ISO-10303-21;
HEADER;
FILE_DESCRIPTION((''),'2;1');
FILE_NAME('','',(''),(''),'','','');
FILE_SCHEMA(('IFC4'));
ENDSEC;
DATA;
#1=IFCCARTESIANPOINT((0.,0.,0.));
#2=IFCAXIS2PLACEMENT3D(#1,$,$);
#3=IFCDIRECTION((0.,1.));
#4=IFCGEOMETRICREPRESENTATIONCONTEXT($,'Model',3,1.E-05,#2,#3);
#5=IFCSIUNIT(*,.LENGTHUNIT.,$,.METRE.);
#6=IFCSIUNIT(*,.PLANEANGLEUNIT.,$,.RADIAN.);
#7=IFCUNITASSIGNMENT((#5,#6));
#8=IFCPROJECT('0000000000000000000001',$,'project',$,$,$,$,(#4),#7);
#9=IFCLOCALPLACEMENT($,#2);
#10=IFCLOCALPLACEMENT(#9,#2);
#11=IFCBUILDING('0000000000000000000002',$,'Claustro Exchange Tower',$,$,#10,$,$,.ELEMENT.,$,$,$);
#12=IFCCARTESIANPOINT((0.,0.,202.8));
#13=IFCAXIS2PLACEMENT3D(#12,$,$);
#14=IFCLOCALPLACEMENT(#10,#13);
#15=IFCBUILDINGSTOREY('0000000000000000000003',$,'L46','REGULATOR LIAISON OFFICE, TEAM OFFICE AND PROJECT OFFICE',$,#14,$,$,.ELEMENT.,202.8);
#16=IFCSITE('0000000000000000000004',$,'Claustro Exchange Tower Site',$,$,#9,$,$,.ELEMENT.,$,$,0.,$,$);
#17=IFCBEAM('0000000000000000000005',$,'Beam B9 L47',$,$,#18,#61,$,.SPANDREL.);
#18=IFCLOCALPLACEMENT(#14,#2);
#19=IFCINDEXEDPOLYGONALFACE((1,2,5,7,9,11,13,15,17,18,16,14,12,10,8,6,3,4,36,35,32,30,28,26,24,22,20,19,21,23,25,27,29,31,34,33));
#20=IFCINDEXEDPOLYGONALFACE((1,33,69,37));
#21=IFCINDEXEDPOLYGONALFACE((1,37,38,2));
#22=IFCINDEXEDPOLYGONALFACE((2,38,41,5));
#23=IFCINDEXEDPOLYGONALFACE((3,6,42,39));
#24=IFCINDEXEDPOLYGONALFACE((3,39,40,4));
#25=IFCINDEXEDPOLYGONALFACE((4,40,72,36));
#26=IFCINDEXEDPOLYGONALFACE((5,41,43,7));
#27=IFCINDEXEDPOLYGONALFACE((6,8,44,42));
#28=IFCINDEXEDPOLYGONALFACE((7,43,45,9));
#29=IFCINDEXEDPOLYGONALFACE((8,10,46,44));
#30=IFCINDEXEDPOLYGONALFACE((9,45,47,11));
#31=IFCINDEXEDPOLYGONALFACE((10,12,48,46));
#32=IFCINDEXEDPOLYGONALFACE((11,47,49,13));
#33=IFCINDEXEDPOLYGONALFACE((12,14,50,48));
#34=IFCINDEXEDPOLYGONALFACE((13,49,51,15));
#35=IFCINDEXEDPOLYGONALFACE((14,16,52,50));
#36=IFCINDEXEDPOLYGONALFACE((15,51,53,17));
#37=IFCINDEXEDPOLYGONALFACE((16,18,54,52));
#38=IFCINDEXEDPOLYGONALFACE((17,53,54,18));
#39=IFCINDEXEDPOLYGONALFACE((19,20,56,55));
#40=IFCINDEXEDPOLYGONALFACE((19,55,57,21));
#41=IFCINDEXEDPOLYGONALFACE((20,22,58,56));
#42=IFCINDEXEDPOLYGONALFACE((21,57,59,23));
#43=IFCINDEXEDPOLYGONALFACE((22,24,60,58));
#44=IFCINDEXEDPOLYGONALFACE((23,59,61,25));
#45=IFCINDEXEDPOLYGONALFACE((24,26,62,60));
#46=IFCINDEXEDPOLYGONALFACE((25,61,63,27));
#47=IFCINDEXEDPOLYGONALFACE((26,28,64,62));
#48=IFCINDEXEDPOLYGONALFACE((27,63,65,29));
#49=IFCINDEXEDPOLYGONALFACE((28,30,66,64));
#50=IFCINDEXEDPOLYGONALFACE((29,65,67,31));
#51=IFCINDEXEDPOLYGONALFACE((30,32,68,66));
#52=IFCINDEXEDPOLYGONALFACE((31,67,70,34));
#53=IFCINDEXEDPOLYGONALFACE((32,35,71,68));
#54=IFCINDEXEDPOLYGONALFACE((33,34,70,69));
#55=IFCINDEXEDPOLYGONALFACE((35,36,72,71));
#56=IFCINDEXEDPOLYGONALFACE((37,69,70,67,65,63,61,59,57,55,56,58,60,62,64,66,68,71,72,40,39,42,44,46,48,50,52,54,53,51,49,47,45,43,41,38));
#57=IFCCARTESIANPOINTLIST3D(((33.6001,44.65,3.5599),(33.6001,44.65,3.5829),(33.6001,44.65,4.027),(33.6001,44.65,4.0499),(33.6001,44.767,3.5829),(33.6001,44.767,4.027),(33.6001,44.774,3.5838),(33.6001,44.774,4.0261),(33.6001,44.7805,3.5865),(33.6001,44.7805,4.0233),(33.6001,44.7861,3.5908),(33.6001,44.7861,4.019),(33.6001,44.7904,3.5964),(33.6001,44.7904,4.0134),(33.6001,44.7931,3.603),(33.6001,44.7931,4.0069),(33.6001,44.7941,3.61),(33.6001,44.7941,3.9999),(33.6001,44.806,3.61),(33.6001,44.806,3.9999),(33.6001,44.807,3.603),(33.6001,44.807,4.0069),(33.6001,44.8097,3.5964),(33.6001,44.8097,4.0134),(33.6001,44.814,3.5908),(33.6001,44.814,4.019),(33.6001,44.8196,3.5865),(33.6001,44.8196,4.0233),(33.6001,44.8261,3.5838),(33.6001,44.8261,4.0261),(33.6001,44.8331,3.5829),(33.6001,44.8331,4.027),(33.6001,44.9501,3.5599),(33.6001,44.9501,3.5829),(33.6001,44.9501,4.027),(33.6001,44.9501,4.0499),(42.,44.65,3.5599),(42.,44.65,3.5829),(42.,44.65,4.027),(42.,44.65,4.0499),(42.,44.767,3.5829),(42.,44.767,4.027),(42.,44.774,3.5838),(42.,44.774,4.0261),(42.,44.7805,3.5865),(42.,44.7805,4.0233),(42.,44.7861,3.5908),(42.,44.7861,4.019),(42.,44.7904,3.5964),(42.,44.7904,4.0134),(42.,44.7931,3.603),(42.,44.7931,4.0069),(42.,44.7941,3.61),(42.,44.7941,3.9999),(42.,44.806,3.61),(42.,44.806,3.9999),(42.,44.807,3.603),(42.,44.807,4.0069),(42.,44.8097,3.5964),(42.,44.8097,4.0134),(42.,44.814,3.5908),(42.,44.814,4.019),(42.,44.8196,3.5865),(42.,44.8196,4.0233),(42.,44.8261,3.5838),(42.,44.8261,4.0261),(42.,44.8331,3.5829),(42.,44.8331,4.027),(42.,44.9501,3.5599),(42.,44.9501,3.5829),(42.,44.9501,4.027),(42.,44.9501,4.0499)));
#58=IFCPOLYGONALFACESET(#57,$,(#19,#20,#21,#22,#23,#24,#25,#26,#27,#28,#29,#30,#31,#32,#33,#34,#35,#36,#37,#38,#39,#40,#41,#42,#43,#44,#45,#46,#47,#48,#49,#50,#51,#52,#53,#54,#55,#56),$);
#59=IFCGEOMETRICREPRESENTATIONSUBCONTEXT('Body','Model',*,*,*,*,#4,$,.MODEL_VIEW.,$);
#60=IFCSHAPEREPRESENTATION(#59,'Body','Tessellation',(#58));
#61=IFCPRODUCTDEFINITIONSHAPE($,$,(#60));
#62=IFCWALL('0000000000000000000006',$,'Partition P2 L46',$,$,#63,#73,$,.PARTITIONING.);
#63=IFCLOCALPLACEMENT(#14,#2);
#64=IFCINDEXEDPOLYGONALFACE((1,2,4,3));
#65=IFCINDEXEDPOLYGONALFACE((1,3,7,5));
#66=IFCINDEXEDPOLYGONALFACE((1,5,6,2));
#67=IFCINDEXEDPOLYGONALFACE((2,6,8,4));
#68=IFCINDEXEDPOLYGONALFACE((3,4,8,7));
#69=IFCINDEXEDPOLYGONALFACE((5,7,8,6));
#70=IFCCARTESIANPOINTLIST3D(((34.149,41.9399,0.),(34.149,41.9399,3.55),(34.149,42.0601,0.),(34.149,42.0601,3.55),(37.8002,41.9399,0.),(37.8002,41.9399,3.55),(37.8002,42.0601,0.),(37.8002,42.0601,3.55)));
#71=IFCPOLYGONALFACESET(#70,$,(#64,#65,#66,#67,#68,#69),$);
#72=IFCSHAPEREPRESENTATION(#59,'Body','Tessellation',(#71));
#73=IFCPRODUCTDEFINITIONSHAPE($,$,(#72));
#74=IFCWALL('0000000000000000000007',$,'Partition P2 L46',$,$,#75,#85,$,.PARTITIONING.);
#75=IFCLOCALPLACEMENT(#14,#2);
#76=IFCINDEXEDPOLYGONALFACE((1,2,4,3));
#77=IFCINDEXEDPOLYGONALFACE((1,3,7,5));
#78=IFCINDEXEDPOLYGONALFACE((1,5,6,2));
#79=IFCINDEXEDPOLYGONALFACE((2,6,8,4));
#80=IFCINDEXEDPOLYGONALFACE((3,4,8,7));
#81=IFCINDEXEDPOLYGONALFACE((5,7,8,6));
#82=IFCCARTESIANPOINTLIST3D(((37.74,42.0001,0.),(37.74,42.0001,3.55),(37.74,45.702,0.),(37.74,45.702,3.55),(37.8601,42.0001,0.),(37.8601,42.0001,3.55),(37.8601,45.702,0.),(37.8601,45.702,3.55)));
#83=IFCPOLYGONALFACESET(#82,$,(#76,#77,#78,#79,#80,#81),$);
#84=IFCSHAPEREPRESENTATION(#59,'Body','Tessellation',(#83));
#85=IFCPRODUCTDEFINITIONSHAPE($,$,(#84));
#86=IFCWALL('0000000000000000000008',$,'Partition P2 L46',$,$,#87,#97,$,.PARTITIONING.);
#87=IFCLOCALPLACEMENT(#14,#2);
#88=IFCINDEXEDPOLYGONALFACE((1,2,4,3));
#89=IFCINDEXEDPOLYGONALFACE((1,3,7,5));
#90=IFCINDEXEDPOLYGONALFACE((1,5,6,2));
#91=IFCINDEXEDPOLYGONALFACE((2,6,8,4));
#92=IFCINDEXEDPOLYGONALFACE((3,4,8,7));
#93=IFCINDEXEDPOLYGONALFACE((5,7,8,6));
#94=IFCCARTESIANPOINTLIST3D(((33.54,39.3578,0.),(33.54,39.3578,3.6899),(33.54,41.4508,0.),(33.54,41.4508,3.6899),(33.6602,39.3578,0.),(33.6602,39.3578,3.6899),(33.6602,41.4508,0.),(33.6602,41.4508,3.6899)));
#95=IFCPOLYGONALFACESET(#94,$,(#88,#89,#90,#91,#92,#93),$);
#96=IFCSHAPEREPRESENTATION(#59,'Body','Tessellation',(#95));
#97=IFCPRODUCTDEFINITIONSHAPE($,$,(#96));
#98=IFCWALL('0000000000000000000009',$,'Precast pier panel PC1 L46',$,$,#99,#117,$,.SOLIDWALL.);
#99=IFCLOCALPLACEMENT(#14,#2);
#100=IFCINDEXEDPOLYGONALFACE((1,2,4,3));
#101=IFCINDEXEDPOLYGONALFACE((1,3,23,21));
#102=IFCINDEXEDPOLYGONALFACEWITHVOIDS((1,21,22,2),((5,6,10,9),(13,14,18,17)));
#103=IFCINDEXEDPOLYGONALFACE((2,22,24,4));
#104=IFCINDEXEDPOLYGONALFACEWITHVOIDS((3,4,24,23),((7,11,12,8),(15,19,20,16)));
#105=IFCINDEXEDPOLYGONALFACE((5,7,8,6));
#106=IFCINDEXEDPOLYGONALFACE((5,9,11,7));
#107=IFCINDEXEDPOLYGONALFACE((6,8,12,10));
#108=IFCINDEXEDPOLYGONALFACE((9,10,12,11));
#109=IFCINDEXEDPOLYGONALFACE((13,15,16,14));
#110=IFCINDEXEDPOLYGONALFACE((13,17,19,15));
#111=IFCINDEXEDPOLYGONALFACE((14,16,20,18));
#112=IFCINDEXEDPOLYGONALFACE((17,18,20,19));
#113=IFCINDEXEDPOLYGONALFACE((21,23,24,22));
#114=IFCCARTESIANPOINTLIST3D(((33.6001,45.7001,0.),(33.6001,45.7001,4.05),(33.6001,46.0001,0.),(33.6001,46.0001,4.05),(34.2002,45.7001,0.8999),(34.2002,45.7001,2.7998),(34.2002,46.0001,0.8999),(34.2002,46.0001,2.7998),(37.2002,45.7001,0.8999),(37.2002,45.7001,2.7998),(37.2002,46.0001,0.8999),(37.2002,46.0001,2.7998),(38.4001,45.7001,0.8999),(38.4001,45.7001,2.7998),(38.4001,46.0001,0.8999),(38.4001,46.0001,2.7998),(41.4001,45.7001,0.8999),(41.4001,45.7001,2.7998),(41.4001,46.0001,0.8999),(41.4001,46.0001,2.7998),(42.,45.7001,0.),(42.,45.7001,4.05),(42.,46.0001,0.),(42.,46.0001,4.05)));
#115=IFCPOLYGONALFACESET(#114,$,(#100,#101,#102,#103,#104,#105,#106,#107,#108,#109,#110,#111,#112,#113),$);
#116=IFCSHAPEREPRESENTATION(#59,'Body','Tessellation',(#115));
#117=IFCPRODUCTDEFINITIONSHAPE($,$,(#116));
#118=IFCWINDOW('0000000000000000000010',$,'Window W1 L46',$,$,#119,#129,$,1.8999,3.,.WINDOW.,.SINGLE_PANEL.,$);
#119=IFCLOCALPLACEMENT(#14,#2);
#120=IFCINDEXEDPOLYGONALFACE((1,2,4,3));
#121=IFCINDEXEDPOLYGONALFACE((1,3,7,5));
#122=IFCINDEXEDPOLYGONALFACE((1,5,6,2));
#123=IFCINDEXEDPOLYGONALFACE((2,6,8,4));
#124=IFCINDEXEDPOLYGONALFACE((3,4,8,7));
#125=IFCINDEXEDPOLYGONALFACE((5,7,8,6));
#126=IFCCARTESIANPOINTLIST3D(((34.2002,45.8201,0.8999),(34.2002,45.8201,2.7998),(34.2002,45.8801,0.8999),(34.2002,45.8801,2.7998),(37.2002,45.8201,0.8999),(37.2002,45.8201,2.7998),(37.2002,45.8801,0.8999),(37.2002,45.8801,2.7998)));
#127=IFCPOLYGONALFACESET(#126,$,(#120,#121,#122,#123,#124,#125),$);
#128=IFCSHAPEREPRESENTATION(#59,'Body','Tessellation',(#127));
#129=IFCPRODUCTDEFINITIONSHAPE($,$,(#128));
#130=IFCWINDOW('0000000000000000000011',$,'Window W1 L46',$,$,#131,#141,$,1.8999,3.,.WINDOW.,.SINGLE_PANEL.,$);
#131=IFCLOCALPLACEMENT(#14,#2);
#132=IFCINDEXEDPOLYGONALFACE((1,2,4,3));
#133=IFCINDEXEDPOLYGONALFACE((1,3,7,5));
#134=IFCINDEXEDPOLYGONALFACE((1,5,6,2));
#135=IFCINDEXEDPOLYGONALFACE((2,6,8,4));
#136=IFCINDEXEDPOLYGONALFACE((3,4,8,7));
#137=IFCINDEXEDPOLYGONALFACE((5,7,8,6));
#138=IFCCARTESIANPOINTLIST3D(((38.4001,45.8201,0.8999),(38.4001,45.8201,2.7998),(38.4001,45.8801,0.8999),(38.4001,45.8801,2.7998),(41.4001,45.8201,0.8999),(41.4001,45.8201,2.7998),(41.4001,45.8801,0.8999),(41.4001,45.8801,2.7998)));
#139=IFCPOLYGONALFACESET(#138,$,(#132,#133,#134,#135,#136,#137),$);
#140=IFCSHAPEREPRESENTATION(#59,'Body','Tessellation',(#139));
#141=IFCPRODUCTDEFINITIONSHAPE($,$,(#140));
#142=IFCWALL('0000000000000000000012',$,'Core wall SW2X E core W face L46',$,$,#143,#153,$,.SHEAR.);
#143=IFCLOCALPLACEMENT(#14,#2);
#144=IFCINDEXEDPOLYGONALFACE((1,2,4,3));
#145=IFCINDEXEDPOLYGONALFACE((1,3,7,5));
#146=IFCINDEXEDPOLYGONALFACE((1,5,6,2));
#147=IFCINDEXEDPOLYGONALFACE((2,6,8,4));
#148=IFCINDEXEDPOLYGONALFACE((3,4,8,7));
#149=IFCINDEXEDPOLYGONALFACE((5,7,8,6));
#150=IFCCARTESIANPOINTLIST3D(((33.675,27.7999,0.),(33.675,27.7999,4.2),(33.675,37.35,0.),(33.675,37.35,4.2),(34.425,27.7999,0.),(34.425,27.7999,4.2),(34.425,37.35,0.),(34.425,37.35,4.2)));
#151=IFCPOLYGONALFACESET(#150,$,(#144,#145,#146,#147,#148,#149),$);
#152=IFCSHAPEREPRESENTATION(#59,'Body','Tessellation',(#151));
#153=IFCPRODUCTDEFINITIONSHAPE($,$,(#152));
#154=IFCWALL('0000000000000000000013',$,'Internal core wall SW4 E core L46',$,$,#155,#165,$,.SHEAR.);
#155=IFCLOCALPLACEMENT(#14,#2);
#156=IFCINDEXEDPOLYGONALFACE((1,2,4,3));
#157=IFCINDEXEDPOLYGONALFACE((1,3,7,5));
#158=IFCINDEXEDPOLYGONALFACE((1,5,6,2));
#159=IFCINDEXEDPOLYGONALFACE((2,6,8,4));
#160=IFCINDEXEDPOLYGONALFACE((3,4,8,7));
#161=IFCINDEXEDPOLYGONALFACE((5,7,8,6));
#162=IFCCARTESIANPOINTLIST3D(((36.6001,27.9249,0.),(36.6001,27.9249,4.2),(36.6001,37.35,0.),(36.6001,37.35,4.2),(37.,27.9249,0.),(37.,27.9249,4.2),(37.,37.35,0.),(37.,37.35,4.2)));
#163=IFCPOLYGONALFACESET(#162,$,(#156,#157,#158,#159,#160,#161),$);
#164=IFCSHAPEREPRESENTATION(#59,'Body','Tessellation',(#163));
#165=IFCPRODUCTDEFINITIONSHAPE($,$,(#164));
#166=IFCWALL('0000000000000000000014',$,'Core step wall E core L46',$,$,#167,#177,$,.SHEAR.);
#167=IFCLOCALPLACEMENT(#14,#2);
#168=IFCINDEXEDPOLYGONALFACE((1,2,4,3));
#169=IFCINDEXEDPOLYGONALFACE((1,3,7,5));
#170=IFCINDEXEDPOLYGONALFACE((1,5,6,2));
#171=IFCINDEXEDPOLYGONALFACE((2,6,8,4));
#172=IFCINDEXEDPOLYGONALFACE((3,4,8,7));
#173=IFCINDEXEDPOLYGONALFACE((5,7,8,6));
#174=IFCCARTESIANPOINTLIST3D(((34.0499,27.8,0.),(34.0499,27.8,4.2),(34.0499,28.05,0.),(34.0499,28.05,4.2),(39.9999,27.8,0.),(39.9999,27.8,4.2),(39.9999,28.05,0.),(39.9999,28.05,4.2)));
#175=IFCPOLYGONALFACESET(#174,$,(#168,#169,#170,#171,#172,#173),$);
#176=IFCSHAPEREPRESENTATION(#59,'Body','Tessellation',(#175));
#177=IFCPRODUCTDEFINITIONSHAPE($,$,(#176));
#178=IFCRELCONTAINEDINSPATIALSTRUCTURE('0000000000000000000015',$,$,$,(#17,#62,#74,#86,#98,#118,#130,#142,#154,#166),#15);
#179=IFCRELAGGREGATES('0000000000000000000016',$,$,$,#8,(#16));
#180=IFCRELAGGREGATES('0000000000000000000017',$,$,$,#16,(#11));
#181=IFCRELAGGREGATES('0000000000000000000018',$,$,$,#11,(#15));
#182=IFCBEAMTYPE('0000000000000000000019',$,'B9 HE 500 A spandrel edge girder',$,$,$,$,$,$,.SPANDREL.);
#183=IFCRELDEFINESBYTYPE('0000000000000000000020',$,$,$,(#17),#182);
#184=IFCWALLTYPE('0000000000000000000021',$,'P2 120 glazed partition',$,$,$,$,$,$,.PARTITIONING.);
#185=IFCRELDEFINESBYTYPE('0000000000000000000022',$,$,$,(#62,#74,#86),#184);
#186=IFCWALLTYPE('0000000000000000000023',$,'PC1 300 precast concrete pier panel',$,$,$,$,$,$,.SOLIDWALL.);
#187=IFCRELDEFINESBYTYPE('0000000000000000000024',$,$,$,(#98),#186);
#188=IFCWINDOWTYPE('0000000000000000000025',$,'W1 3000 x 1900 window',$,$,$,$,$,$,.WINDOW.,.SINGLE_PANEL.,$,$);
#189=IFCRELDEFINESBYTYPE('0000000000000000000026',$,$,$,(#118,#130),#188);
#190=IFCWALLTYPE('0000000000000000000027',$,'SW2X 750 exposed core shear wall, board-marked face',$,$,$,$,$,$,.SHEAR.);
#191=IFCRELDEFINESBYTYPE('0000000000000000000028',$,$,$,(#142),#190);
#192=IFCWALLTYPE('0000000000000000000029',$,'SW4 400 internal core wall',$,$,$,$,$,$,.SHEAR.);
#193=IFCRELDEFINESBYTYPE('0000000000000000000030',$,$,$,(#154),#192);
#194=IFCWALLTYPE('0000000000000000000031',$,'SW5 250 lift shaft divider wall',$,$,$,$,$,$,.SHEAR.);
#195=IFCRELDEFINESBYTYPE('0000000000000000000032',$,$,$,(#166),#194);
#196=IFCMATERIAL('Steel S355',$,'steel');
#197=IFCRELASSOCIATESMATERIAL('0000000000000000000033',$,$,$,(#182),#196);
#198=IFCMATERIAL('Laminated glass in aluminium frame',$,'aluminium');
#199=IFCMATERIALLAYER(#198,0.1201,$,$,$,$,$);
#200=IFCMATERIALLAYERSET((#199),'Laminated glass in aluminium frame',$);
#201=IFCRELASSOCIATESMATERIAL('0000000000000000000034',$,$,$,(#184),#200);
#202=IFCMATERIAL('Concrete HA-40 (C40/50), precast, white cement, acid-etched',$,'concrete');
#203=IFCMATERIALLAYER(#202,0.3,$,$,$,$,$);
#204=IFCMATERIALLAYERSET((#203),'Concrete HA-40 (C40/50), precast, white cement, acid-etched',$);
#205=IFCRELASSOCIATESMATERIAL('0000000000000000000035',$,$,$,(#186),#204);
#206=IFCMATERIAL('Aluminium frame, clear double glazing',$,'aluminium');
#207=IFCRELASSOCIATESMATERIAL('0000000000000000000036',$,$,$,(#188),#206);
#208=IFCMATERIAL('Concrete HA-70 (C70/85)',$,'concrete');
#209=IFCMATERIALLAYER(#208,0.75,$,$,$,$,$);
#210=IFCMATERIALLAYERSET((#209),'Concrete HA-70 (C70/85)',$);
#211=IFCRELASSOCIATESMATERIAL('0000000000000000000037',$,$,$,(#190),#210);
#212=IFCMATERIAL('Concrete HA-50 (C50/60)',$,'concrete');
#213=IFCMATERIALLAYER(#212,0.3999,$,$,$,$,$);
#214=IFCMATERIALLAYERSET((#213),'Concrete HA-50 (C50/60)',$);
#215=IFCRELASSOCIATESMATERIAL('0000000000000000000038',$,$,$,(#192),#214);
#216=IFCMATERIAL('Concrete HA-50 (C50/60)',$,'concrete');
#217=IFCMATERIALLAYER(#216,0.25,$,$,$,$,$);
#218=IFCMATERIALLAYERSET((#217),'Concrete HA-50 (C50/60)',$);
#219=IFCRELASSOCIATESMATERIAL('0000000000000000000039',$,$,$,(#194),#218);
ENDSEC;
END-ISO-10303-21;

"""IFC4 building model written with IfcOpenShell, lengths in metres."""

from ifc_helpers import new_model, si_unit, direction, frame, frame_2d, origin, origin_2d, place, context, subcontext, project, spatial, rectangle, i_section, extrude, material, layer, layer_set, material_profile, profile_set, type_object, element, fill, save


model = new_model("IFC4")

# Units and contexts
model_context = context("Model", 3, precision=1e-05, world=origin(), true_north=direction((0.0, 1.0)))
body_context = subcontext(model_context, "Body", "Model", "MODEL_VIEW")
ifc_project = project(units=[si_unit("LENGTHUNIT", "METRE"), si_unit("PLANEANGLEUNIT", "RADIAN")], contexts=[model_context])

# Site, building, storey
site_placement = place(None, origin())
site = spatial("IfcSite", under=ifc_project, at=site_placement, Name="Claustro Exchange Tower Site", CompositionType="ELEMENT", RefElevation=0.0)
building_placement = place(site_placement, origin())
building = spatial("IfcBuilding", under=site, at=building_placement, Name="Claustro Exchange Tower", CompositionType="ELEMENT")
storey_placement = place(building_placement, frame((0.0, 0.0, 202.8)))
storey = spatial("IfcBuildingStorey", under=building, at=storey_placement, Name="L46", Description="REGULATOR LIAISON OFFICE, TEAM OFFICE AND PROJECT OFFICE", CompositionType="ELEMENT", Elevation=202.8)

# Beam
ifc_material_1 = material(Name="Steel S355", Category="steel")
ifc_material_profile_1 = material_profile(ifc_material_1, i_section(OverallWidth=0.3, OverallDepth=0.49, WebThickness=0.012, FlangeThickness=0.0229, FilletRadius=0.0271, at=origin_2d()), Name="HE 500 A")
ifc_profile_set_1 = profile_set([ifc_material_profile_1], Name="Steel S355")
beam_type_1 = type_object("IfcBeamType", Name="B9 HE 500 A spandrel edge girder", PredefinedType="SPANDREL", material=ifc_profile_set_1)
beam_1_placement = place(storey_placement, frame((33.6001, 44.8, 3.8049), z_axis=(1.0, 0.0, 0.0), x_axis=(0.0, 1.0, 0.0)))
element("IfcBeam", 1, at=beam_1_placement, inside=storey, type_object=beam_type_1, Name="Beam B9 L47", PredefinedType="SPANDREL", context=body_context, shape_type="SweptSolid", body=[
    extrude(i_section(OverallWidth=0.3, OverallDepth=0.49, WebThickness=0.012, FlangeThickness=0.0229, FilletRadius=0.0271, at=origin_2d()), origin(), (0.0, 0.0, 1.0), 8.3999),
])

# Walls
ifc_material_2 = material(Name="Laminated glass in aluminium frame", Category="aluminium")
ifc_layer_1 = layer(ifc_material_2, 0.1201)
ifc_layer_set_1 = layer_set([ifc_layer_1], Name="Laminated glass in aluminium frame")
wall_type_1 = type_object("IfcWallType", Name="P2 120 glazed partition", PredefinedType="PARTITIONING", material=ifc_layer_set_1)
wall_1_placement = place(storey_placement, frame((34.1489, 42.0, 0.0), z_axis=(0.0, 0.0, 1.0), x_axis=(1.0, 0.0, 0.0)))
element("IfcWall", 2, at=wall_1_placement, inside=storey, type_object=wall_type_1, Name="Partition P2 L46", PredefinedType="PARTITIONING", context=body_context, shape_type="SweptSolid", body=[
    extrude(rectangle(XDim=3.6511, YDim=0.1201, at=frame_2d((1.8257, 0.0))), origin(), (0.0, 0.0, 1.0), 3.55),
])
wall_2_placement = place(storey_placement, frame((37.8, 42.0, 0.0), z_axis=(0.0, 0.0, 1.0), x_axis=(0.0, 1.0, 0.0)))
element("IfcWall", 3, at=wall_2_placement, inside=storey, type_object=wall_type_1, Name="Partition P2 L46", PredefinedType="PARTITIONING", context=body_context, shape_type="SweptSolid", body=[
    extrude(rectangle(XDim=3.7019, YDim=0.1201, at=frame_2d((1.8511, 0.0))), origin(), (0.0, 0.0, 1.0), 3.55),
])
wall_3_placement = place(storey_placement, frame((33.6001, 39.3579, 0.0), z_axis=(0.0, 0.0, 1.0), x_axis=(0.0, 1.0, 0.0)))
element("IfcWall", 4, at=wall_3_placement, inside=storey, type_object=wall_type_1, Name="Partition P2 L46", PredefinedType="PARTITIONING", context=body_context, shape_type="SweptSolid", body=[
    extrude(rectangle(XDim=2.093, YDim=0.1201, at=frame_2d((1.0464, 0.0))), origin(), (0.0, 0.0, 1.0), 3.6899),
])

# Wall, openings, windows
ifc_material_3 = material(Name="Concrete HA-40 (C40/50), precast, white cement, acid-etched", Category="concrete")
ifc_layer_2 = layer(ifc_material_3, 0.3)
ifc_layer_set_2 = layer_set([ifc_layer_2], Name="Concrete HA-40 (C40/50), precast, white cement, acid-etched")
wall_type_2 = type_object("IfcWallType", Name="PC1 300 precast concrete pier panel", PredefinedType="SOLIDWALL", material=ifc_layer_set_2)
wall_4_placement = place(storey_placement, frame((33.6001, 45.8501, 0.0), z_axis=(0.0, 0.0, 1.0), x_axis=(1.0, 0.0, 0.0)))
wall_4 = element("IfcWall", 5, at=wall_4_placement, inside=storey, type_object=wall_type_2, Name="Precast pier panel PC1 L46", PredefinedType="SOLIDWALL", context=body_context, shape_type="SweptSolid", body=[
    extrude(rectangle(XDim=8.3999, YDim=0.3, at=frame_2d((4.2, 0.0))), origin(), (0.0, 0.0, 1.0), 4.05),
])
opening_1_placement = place(wall_4_placement, frame((0.6001, 0.0, 0.8999)))
opening_1 = element("IfcOpeningElement", 6, at=opening_1_placement, cuts=wall_4, PredefinedType="OPENING", context=body_context, shape_type="SweptSolid", body=[
    extrude(rectangle(XDim=3.0, YDim=1.8999, at=frame_2d((1.5, 0.95))), frame((0.0, 0.1599, 0.0), z_axis=(0.0, -1.0, 0.0), x_axis=(1.0, 0.0, 0.0)), (0.0, 0.0, 1.0), 0.3201),
])
opening_2_placement = place(wall_4_placement, frame((4.8, 0.0, 0.8999)))
opening_2 = element("IfcOpeningElement", 7, at=opening_2_placement, cuts=wall_4, PredefinedType="OPENING", context=body_context, shape_type="SweptSolid", body=[
    extrude(rectangle(XDim=3.0, YDim=1.8999, at=frame_2d((1.5, 0.95))), frame((0.0, 0.1599, 0.0), z_axis=(0.0, -1.0, 0.0), x_axis=(1.0, 0.0, 0.0)), (0.0, 0.0, 1.0), 0.3201),
])
ifc_material_4 = material(Name="Aluminium frame, clear double glazing", Category="aluminium")
window_type = type_object("IfcWindowType", Name="W1 3000 x 1900 window", PartitioningType="SINGLE_PANEL", PredefinedType="WINDOW", material=ifc_material_4)
window_1_placement = place(opening_1_placement, origin())
window_1 = element("IfcWindow", 8, at=window_1_placement, inside=storey, type_object=window_type, Name="Window W1 L46", OverallHeight=1.8999, OverallWidth=3.0, PartitioningType="SINGLE_PANEL", PredefinedType="WINDOW", context=body_context, shape_type="SweptSolid", body=[
    extrude(rectangle(XDim=3.0, YDim=1.8999, at=frame_2d((1.5, 0.95))), frame((0.0, 0.03, 0.0), z_axis=(0.0, -1.0, 0.0), x_axis=(1.0, 0.0, 0.0)), (0.0, 0.0, 1.0), 0.0601),
])
fill(opening_1, window_1)
window_2_placement = place(opening_2_placement, origin())
window_2 = element("IfcWindow", 9, at=window_2_placement, inside=storey, type_object=window_type, Name="Window W1 L46", OverallHeight=1.8999, OverallWidth=3.0, PartitioningType="SINGLE_PANEL", PredefinedType="WINDOW", context=body_context, shape_type="SweptSolid", body=[
    extrude(rectangle(XDim=3.0, YDim=1.8999, at=frame_2d((1.5, 0.95))), frame((0.0, 0.03, 0.0), z_axis=(0.0, -1.0, 0.0), x_axis=(1.0, 0.0, 0.0)), (0.0, 0.0, 1.0), 0.0601),
])
fill(opening_2, window_2)

# Walls
ifc_material_5 = material(Name="Concrete HA-70 (C70/85)", Category="concrete")
ifc_layer_3 = layer(ifc_material_5, 0.75)
ifc_layer_set_3 = layer_set([ifc_layer_3], Name="Concrete HA-70 (C70/85)")
wall_type_3 = type_object("IfcWallType", Name="SW2X 750 exposed core shear wall, board-marked face", PredefinedType="SHEAR", material=ifc_layer_set_3)
wall_5_placement = place(storey_placement, frame((34.05, 27.8, 0.0), z_axis=(0.0, 0.0, 1.0), x_axis=(0.0, 1.0, 0.0)))
element("IfcWall", 10, at=wall_5_placement, inside=storey, type_object=wall_type_3, Name="Core wall SW2X E core W face L46", PredefinedType="SHEAR", context=body_context, shape_type="SweptSolid", body=[
    extrude(rectangle(XDim=9.55, YDim=0.75, at=frame_2d((4.7749, 0.0))), origin(), (0.0, 0.0, 1.0), 4.2),
])
ifc_material_6 = material(Name="Concrete HA-50 (C50/60)", Category="concrete")
ifc_layer_4 = layer(ifc_material_6, 0.3999)
ifc_layer_set_4 = layer_set([ifc_layer_4], Name="Concrete HA-50 (C50/60)")
wall_type_4 = type_object("IfcWallType", Name="SW4 400 internal core wall", PredefinedType="SHEAR", material=ifc_layer_set_4)
wall_6_placement = place(storey_placement, frame((36.8, 27.925, 0.0), z_axis=(0.0, 0.0, 1.0), x_axis=(0.0, 1.0, 0.0)))
element("IfcWall", 11, at=wall_6_placement, inside=storey, type_object=wall_type_4, Name="Internal core wall SW4 E core L46", PredefinedType="SHEAR", context=body_context, shape_type="SweptSolid", body=[
    extrude(rectangle(XDim=9.425, YDim=0.3999, at=frame_2d((4.7124, 0.0))), origin(), (0.0, 0.0, 1.0), 4.2),
])
ifc_material_7 = material(Name="Concrete HA-50 (C50/60)", Category="concrete")
ifc_layer_5 = layer(ifc_material_7, 0.25)
ifc_layer_set_5 = layer_set([ifc_layer_5], Name="Concrete HA-50 (C50/60)")
wall_type_5 = type_object("IfcWallType", Name="SW5 250 lift shaft divider wall", PredefinedType="SHEAR", material=ifc_layer_set_5)
wall_7_placement = place(storey_placement, frame((40.0, 27.925, 0.0), z_axis=(0.0, 0.0, 1.0), x_axis=(-1.0, 0.0, 0.0)))
element("IfcWall", 12, at=wall_7_placement, inside=storey, type_object=wall_type_5, Name="Core step wall E core L46", PredefinedType="SHEAR", context=body_context, shape_type="SweptSolid", body=[
    extrude(rectangle(XDim=5.95, YDim=0.25, at=frame_2d((2.9751, 0.0))), origin(), (0.0, 0.0, 1.0), 4.2),
])

save(model, "model.ifc")
